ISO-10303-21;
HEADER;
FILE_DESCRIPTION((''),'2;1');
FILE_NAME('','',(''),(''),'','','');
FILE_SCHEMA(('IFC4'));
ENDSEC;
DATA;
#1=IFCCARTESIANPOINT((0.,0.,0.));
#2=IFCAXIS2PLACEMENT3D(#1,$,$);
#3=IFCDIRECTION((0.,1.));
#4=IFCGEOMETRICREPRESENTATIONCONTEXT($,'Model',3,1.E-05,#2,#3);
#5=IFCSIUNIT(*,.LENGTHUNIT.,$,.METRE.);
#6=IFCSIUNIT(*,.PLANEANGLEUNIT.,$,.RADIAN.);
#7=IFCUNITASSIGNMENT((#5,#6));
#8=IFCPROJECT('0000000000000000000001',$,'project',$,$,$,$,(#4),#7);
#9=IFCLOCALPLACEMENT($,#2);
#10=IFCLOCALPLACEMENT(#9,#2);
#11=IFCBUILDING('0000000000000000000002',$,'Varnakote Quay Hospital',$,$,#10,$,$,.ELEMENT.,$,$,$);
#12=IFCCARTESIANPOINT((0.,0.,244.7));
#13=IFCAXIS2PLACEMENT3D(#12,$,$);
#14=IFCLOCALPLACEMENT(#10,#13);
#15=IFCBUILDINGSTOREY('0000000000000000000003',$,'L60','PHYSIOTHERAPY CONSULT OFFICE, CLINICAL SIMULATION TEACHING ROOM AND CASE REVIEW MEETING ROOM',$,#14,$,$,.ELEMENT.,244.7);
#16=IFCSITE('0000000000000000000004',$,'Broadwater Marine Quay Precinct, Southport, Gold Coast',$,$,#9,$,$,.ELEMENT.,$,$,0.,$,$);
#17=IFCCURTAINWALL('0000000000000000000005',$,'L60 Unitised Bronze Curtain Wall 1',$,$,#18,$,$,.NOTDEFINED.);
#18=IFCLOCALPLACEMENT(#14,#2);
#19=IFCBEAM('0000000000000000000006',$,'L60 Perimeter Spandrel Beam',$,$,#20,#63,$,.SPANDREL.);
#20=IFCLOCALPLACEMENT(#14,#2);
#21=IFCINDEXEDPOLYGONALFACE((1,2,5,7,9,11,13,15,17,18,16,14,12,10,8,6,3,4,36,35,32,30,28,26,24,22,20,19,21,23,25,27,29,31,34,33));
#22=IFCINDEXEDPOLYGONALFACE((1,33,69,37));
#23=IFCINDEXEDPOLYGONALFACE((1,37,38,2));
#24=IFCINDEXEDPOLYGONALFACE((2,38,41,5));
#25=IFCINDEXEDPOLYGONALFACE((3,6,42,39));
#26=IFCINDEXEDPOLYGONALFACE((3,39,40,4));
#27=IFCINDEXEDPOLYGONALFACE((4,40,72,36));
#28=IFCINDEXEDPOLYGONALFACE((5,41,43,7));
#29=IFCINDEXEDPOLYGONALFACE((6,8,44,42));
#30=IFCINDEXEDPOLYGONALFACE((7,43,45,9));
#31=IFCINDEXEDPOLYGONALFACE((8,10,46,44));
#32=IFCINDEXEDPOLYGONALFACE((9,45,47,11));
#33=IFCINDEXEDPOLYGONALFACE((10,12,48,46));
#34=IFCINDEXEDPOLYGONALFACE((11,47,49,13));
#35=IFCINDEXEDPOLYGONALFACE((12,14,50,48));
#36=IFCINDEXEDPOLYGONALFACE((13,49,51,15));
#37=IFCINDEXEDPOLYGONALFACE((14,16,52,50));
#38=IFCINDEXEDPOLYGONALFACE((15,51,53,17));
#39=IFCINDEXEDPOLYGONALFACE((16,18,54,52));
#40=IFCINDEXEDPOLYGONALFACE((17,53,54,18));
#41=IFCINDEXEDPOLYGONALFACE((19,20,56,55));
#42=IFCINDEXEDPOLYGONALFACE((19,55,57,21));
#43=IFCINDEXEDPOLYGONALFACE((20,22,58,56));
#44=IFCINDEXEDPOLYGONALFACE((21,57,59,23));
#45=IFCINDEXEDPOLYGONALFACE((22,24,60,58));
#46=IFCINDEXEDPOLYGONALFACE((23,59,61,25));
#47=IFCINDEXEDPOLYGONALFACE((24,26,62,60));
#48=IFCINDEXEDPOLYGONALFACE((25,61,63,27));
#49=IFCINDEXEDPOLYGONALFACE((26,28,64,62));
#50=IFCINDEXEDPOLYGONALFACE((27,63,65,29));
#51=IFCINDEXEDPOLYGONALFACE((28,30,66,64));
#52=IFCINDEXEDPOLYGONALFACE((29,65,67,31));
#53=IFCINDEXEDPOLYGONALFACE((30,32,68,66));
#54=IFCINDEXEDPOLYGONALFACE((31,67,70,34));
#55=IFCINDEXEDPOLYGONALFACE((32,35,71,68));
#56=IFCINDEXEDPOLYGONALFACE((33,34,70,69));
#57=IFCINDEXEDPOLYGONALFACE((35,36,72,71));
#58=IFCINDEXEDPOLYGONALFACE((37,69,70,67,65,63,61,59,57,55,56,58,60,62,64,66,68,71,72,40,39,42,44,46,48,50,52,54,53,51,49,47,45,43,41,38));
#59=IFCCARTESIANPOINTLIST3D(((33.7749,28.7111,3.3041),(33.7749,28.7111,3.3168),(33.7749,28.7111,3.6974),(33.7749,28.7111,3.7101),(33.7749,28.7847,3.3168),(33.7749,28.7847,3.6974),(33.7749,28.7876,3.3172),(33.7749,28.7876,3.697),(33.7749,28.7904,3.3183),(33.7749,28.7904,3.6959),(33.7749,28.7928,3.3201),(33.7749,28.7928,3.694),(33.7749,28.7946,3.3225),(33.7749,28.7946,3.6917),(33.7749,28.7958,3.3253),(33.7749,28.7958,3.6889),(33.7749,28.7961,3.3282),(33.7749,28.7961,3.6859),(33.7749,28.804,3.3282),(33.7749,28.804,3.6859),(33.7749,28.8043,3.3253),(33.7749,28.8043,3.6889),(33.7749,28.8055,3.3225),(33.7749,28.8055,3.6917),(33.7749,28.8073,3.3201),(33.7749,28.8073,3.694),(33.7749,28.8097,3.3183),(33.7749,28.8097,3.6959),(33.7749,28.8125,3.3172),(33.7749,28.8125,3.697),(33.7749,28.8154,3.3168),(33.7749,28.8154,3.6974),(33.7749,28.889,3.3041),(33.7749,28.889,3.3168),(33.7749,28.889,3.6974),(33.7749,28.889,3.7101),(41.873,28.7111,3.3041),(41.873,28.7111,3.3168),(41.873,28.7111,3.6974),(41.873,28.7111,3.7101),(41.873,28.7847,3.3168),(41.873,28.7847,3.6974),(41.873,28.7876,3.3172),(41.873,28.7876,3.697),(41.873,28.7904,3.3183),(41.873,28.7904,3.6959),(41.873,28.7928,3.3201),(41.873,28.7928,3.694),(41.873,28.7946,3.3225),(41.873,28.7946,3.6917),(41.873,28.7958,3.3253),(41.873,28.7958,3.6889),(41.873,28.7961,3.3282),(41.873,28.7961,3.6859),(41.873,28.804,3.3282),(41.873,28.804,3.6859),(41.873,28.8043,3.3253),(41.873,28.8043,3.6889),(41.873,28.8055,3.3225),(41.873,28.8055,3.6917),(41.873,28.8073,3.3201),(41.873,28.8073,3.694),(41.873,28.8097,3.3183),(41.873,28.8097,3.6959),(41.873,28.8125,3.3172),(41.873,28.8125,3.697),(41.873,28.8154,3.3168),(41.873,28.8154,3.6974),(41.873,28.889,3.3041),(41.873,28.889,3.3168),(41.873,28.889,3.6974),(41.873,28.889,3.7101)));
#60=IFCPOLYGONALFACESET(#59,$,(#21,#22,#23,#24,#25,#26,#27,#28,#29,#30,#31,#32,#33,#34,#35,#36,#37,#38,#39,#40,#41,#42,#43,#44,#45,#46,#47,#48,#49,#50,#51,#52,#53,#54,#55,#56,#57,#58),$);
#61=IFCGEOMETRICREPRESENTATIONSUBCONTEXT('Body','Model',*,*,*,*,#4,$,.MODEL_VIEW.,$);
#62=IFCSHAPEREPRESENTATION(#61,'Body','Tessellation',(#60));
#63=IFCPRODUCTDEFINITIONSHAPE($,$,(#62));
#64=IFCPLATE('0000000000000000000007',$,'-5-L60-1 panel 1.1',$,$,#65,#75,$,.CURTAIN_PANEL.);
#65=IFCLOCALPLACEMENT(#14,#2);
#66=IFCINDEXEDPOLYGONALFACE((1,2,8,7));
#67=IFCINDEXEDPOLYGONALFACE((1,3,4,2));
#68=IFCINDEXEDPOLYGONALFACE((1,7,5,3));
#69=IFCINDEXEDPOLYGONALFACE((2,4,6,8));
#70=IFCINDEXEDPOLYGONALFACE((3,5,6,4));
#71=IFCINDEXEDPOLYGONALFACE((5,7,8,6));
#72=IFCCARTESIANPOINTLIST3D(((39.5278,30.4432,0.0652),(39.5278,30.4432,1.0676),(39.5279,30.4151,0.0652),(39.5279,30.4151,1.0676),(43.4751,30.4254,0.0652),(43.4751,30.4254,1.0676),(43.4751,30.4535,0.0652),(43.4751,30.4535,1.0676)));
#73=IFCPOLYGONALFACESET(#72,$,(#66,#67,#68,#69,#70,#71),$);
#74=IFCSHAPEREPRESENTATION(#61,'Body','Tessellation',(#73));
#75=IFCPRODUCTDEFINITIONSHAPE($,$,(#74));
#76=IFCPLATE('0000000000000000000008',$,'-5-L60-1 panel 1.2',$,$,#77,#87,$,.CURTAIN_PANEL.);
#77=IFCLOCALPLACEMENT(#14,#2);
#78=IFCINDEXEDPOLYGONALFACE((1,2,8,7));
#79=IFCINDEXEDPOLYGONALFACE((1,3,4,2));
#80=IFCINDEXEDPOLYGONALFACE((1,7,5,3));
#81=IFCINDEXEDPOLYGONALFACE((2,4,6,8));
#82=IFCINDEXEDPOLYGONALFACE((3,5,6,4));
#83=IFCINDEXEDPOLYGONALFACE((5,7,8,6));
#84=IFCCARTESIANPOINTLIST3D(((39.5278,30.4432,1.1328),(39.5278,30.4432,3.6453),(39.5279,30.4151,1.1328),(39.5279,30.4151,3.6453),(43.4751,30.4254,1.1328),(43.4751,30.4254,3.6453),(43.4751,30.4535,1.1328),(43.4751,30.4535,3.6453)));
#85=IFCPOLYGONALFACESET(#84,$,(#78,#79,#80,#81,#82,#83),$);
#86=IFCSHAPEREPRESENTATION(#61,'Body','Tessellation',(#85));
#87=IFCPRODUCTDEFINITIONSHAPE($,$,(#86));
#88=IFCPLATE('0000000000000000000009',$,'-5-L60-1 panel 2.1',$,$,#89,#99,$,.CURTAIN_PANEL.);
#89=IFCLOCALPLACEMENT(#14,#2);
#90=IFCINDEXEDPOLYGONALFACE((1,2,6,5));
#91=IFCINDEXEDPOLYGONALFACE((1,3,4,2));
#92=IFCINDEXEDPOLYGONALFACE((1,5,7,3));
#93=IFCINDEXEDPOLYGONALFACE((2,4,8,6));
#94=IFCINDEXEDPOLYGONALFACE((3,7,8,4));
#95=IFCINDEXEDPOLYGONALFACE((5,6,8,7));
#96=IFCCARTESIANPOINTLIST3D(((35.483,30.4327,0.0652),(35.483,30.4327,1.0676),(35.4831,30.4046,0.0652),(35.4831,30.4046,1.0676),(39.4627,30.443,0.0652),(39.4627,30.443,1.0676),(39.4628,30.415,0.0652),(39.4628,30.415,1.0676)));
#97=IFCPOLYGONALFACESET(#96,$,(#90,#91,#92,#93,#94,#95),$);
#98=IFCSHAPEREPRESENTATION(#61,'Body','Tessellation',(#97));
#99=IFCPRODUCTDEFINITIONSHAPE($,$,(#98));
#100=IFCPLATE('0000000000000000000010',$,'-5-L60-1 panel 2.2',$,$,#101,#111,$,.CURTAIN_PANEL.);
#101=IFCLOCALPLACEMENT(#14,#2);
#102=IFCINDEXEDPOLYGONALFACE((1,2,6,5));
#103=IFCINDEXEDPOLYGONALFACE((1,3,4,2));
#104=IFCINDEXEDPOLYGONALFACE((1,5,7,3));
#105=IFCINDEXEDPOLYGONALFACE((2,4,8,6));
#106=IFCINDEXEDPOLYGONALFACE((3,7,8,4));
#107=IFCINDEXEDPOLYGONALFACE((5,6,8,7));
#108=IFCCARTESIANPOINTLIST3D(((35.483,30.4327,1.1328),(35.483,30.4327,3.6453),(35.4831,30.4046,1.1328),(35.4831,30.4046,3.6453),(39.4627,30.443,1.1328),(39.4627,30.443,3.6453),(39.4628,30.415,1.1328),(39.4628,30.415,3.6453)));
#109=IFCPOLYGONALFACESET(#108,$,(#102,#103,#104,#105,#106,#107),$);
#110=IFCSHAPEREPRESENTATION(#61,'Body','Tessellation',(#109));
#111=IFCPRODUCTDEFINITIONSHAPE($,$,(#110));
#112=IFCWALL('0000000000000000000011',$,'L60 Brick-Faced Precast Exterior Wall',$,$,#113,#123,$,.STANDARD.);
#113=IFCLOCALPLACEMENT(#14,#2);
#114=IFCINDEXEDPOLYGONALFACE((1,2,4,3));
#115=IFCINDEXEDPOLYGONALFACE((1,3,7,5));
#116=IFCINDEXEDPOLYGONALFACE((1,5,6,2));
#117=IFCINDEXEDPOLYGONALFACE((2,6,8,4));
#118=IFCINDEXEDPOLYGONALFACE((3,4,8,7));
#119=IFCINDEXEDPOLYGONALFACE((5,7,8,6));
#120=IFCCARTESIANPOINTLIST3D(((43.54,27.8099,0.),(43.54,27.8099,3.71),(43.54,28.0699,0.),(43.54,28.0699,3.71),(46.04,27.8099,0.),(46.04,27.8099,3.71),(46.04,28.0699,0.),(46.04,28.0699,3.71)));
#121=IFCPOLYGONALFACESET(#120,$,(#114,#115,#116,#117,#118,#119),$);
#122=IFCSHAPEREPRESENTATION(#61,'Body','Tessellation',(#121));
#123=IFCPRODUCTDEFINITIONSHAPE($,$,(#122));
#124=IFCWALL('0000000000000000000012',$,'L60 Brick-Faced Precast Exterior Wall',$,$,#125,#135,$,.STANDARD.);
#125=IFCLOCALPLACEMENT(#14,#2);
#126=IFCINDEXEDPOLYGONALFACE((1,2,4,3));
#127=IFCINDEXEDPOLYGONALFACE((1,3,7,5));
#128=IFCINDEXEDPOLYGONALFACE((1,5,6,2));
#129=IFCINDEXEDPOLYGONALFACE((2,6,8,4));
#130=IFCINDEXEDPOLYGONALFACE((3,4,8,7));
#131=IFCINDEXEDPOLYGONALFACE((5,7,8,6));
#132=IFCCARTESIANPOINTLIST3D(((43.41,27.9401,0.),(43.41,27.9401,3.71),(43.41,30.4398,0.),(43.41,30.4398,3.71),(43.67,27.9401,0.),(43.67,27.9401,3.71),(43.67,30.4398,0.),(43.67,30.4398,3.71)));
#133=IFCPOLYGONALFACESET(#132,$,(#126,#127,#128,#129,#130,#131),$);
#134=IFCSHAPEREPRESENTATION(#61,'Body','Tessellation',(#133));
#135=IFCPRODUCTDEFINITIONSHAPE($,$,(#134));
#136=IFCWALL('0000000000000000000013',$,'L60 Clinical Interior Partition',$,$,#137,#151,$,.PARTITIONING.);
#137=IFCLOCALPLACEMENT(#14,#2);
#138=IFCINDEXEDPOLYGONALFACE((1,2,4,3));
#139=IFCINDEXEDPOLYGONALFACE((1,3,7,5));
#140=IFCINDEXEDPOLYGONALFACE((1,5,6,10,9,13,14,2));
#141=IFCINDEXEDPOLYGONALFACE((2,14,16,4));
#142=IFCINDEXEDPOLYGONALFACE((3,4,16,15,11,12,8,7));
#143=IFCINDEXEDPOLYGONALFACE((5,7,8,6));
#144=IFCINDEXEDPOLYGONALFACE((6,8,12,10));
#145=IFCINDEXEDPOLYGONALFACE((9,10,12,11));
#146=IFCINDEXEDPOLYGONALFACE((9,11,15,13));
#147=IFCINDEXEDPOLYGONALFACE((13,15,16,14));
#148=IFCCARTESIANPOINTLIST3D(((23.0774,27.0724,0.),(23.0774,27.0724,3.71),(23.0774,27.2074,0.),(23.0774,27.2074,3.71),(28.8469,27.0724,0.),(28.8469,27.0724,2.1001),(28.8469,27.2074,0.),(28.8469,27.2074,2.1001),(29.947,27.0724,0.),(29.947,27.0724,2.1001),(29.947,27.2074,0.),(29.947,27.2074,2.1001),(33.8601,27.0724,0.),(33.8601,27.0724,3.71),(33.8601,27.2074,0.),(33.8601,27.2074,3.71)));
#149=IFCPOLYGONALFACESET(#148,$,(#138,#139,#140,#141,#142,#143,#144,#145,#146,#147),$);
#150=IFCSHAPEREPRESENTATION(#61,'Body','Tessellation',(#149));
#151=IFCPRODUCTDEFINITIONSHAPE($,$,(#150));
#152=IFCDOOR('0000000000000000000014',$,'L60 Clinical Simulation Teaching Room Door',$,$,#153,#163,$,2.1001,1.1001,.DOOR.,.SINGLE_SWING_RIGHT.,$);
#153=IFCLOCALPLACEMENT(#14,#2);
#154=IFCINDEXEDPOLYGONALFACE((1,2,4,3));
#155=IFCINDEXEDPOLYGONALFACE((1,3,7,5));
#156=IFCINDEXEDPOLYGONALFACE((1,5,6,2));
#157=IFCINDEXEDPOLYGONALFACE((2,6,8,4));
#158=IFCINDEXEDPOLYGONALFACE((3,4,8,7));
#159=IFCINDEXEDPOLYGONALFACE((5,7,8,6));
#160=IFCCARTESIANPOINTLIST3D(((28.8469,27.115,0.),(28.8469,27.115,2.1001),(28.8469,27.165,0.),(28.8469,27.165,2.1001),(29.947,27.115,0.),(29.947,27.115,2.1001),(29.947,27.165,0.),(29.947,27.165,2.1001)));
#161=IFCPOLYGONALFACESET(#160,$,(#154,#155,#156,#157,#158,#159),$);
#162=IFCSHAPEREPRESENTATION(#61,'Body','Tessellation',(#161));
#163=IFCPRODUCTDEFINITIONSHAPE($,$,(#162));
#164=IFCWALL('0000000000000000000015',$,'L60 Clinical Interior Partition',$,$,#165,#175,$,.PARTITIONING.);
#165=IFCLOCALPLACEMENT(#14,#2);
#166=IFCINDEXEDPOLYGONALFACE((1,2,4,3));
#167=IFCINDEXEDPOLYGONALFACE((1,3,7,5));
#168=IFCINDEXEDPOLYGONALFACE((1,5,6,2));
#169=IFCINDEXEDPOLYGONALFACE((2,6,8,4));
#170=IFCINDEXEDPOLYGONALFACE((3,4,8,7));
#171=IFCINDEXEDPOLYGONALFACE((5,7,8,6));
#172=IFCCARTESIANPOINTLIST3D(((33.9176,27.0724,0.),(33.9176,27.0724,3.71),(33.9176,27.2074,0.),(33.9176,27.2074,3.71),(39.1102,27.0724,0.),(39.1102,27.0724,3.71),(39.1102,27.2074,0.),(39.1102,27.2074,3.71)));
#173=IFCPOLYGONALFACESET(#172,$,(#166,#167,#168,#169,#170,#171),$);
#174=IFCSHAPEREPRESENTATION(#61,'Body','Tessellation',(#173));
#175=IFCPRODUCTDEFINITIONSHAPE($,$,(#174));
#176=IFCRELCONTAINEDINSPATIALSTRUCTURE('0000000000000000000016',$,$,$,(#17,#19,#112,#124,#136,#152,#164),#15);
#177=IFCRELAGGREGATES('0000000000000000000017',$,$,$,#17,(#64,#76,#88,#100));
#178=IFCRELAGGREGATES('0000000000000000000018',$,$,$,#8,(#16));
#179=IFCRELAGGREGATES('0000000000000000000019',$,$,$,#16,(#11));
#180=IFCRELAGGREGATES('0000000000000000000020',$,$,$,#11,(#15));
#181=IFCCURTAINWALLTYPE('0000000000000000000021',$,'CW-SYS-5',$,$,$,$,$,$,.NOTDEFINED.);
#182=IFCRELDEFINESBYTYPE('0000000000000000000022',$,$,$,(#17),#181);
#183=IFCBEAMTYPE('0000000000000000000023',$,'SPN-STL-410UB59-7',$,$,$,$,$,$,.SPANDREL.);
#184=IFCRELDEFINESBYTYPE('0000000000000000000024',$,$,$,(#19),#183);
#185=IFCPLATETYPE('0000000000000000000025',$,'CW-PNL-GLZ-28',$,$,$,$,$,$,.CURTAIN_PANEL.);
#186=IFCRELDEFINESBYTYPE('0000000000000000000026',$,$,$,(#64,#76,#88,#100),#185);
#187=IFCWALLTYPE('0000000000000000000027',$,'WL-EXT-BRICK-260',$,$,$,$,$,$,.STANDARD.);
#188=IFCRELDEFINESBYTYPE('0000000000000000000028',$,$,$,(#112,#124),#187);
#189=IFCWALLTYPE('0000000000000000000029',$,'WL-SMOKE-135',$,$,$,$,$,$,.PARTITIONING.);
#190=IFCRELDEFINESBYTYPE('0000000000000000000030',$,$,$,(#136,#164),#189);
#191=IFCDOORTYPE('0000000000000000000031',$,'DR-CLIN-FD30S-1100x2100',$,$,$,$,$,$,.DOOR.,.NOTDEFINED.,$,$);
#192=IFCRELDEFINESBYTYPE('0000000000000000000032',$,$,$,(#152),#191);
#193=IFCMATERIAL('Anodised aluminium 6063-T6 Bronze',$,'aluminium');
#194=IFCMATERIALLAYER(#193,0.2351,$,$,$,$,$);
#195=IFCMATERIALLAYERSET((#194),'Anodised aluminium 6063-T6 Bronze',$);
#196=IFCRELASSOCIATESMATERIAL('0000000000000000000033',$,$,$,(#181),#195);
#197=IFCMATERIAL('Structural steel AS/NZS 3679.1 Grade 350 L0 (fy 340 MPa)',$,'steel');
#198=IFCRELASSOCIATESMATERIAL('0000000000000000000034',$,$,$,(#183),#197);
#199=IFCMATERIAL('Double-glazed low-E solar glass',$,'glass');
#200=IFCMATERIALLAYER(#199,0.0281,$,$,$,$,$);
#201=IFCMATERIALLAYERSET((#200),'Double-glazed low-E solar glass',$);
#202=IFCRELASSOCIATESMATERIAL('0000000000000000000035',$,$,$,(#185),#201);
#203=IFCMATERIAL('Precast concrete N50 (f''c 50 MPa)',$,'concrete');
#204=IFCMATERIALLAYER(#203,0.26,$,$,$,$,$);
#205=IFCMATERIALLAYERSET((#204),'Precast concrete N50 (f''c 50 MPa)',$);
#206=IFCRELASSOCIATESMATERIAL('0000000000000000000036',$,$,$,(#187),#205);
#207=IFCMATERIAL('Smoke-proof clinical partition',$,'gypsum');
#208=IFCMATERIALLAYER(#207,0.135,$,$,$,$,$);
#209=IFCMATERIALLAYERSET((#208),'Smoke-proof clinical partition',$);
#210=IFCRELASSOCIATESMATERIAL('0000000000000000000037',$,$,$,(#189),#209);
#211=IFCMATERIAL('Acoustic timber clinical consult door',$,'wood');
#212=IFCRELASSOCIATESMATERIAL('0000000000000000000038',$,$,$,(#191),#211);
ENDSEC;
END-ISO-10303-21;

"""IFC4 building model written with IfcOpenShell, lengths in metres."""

from ifc_helpers import new_model, si_unit, direction, frame, frame_2d, origin, origin_2d, place, context, subcontext, project, spatial, rectangle, i_section, extrude, material, layer, layer_set, material_profile, profile_set, type_object, element, fill, aggregate, save


model = new_model("IFC4")

# Units and contexts
model_context = context("Model", 3, precision=1e-05, world=origin(), true_north=direction((0.0, 1.0)))
body_context = subcontext(model_context, "Body", "Model", "MODEL_VIEW")
ifc_project = project(units=[si_unit("LENGTHUNIT", "METRE"), si_unit("PLANEANGLEUNIT", "RADIAN")], contexts=[model_context])

# Site, building, storey
site_placement = place(None, origin())
site = spatial("IfcSite", under=ifc_project, at=site_placement, Name="Broadwater Marine Quay Precinct, Southport, Gold Coast", CompositionType="ELEMENT", RefElevation=0.0)
building_placement = place(site_placement, origin())
building = spatial("IfcBuilding", under=site, at=building_placement, Name="Varnakote Quay Hospital", CompositionType="ELEMENT")
storey_placement = place(building_placement, frame((0.0, 0.0, 244.7)))
storey = spatial("IfcBuildingStorey", under=building, at=storey_placement, Name="L60", Description="PHYSIOTHERAPY CONSULT OFFICE, CLINICAL SIMULATION TEACHING ROOM AND CASE REVIEW MEETING ROOM", CompositionType="ELEMENT", Elevation=244.7)

# Curtain wall
ifc_material_1 = material(Name="Anodised aluminium 6063-T6 Bronze", Category="aluminium")
ifc_layer_1 = layer(ifc_material_1, 0.2351)
ifc_layer_set_1 = layer_set([ifc_layer_1], Name="Anodised aluminium 6063-T6 Bronze")
curtain_wall_type = type_object("IfcCurtainWallType", Name="CW-SYS-5", PredefinedType="NOTDEFINED", material=ifc_layer_set_1)
curtain_wall_placement = place(storey_placement, origin())
curtain_wall = element("IfcCurtainWall", 1, at=curtain_wall_placement, inside=storey, type_object=curtain_wall_type, Name="L60 Unitised Bronze Curtain Wall 1", PredefinedType="NOTDEFINED")

# Beam
ifc_material_2 = material(Name="Structural steel AS/NZS 3679.1 Grade 350 L0 (fy 340 MPa)", Category="steel")
ifc_material_profile_1 = material_profile(ifc_material_2, i_section(OverallWidth=0.178, OverallDepth=0.406, WebThickness=0.0078, FlangeThickness=0.0127, FilletRadius=0.0115, at=origin_2d()), Name="410UB59.7")
ifc_profile_set_1 = profile_set([ifc_material_profile_1], Name="Structural steel AS/NZS 3679.1 Grade 350 L0 (fy 340 MPa)")
beam_type_1 = type_object("IfcBeamType", Name="SPN-STL-410UB59-7", PredefinedType="SPANDREL", material=ifc_profile_set_1)
beam_1_placement = place(storey_placement, frame((33.7749, 28.8, 3.5071), z_axis=(1.0, 0.0, 0.0), x_axis=(0.0, 1.0, 0.0)))
element("IfcBeam", 2, at=beam_1_placement, inside=storey, type_object=beam_type_1, Name="L60 Perimeter Spandrel Beam", PredefinedType="SPANDREL", context=body_context, shape_type="SweptSolid", body=[
    extrude(i_section(OverallWidth=0.178, OverallDepth=0.406, WebThickness=0.0078, FlangeThickness=0.0127, FilletRadius=0.0115, at=origin_2d()), origin(), (0.0, 0.0, 1.0), 8.0981),
])

# Plates
ifc_material_3 = material(Name="Double-glazed low-E solar glass", Category="glass")
ifc_layer_2 = layer(ifc_material_3, 0.0281)
ifc_layer_set_2 = layer_set([ifc_layer_2], Name="Double-glazed low-E solar glass")
plate_type = type_object("IfcPlateType", Name="CW-PNL-GLZ-28", PredefinedType="CURTAIN_PANEL", material=ifc_layer_set_2)
plate_1_placement = place(storey_placement, frame((41.5015, 30.4343, 0.0652), z_axis=(0.0, 0.0, 1.0), x_axis=(-0.999997, -0.002604, 0.0)))
plate_1 = element("IfcPlate", 3, at=plate_1_placement, type_object=plate_type, Name="-5-L60-1 panel 1.1", PredefinedType="CURTAIN_PANEL", context=body_context, shape_type="SweptSolid", body=[
    extrude(rectangle(XDim=3.9473, YDim=0.0281, at=origin_2d()), origin(), (0.0, 0.0, 1.0), 1.0024),
])
plate_2_placement = place(storey_placement, frame((41.5015, 30.4343, 1.1328), z_axis=(0.0, 0.0, 1.0), x_axis=(-0.999997, -0.002604, 0.0)))
plate_2 = element("IfcPlate", 4, at=plate_2_placement, type_object=plate_type, Name="-5-L60-1 panel 1.2", PredefinedType="CURTAIN_PANEL", context=body_context, shape_type="SweptSolid", body=[
    extrude(rectangle(XDim=3.9473, YDim=0.0281, at=origin_2d()), origin(), (0.0, 0.0, 1.0), 2.5125),
])
plate_3_placement = place(storey_placement, frame((37.4729, 30.4238, 0.0652), z_axis=(0.0, 0.0, 1.0), x_axis=(-0.999997, -0.002604, 0.0)))
plate_3 = element("IfcPlate", 5, at=plate_3_placement, type_object=plate_type, Name="-5-L60-1 panel 2.1", PredefinedType="CURTAIN_PANEL", context=body_context, shape_type="SweptSolid", body=[
    extrude(rectangle(XDim=3.9797, YDim=0.0281, at=origin_2d()), origin(), (0.0, 0.0, 1.0), 1.0024),
])
plate_4_placement = place(storey_placement, frame((37.4729, 30.4238, 1.1328), z_axis=(0.0, 0.0, 1.0), x_axis=(-0.999997, -0.002604, 0.0)))
plate_4 = element("IfcPlate", 6, at=plate_4_placement, type_object=plate_type, Name="-5-L60-1 panel 2.2", PredefinedType="CURTAIN_PANEL", context=body_context, shape_type="SweptSolid", body=[
    extrude(rectangle(XDim=3.9797, YDim=0.0281, at=origin_2d()), origin(), (0.0, 0.0, 1.0), 2.5125),
])
aggregate(curtain_wall, [plate_1, plate_2, plate_3, plate_4])

# Walls
ifc_material_4 = material(Name="Precast concrete N50 (f'c 50 MPa)", Category="concrete")
ifc_layer_3 = layer(ifc_material_4, 0.26)
ifc_layer_set_3 = layer_set([ifc_layer_3], Name="Precast concrete N50 (f'c 50 MPa)")
wall_type_1 = type_object("IfcWallType", Name="WL-EXT-BRICK-260", PredefinedType="STANDARD", material=ifc_layer_set_3)
wall_1_placement = place(storey_placement, frame((46.04, 27.9399, 0.0), z_axis=(0.0, 0.0, 1.0), x_axis=(-1.0, 0.0, 0.0)))
element("IfcWall", 7, at=wall_1_placement, inside=storey, type_object=wall_type_1, Name="L60 Brick-Faced Precast Exterior Wall", PredefinedType="STANDARD", context=body_context, shape_type="SweptSolid", body=[
    extrude(rectangle(XDim=2.5, YDim=0.26, at=frame_2d((1.25, 0.0))), origin(), (0.0, 0.0, 1.0), 3.71),
])
wall_2_placement = place(storey_placement, frame((43.54, 27.9399, 0.0), z_axis=(0.0, 0.0, 1.0), x_axis=(0.0, 1.0, 0.0)))
element("IfcWall", 8, at=wall_2_placement, inside=storey, type_object=wall_type_1, Name="L60 Brick-Faced Precast Exterior Wall", PredefinedType="STANDARD", context=body_context, shape_type="SweptSolid", body=[
    extrude(rectangle(XDim=2.4998, YDim=0.26, at=frame_2d((1.25, 0.0))), origin(), (0.0, 0.0, 1.0), 3.71),
])

# Wall, opening, door
ifc_material_5 = material(Name="Smoke-proof clinical partition", Category="gypsum")
ifc_layer_4 = layer(ifc_material_5, 0.135)
ifc_layer_set_4 = layer_set([ifc_layer_4], Name="Smoke-proof clinical partition")
wall_type_2 = type_object("IfcWallType", Name="WL-SMOKE-135", PredefinedType="PARTITIONING", material=ifc_layer_set_4)
wall_3_placement = place(storey_placement, frame((33.8601, 27.1399, 0.0), z_axis=(0.0, 0.0, 1.0), x_axis=(-1.0, 0.0, 0.0)))
wall_3 = element("IfcWall", 9, at=wall_3_placement, inside=storey, type_object=wall_type_2, Name="L60 Clinical Interior Partition", PredefinedType="PARTITIONING", context=body_context, shape_type="SweptSolid", body=[
    extrude(rectangle(XDim=10.7827, YDim=0.135, at=frame_2d((5.3914, 0.0))), origin(), (0.0, 0.0, 1.0), 3.71),
])
opening_1_placement = place(wall_3_placement, frame((3.9131, 0.0, 0.0)))
opening_1 = element("IfcOpeningElement", 10, at=opening_1_placement, cuts=wall_3, PredefinedType="OPENING", context=body_context, shape_type="SweptSolid", body=[
    extrude(rectangle(XDim=1.1001, YDim=2.1001, at=frame_2d((0.55, 1.05))), frame((0.0, 0.0774, 0.0), z_axis=(0.0, -1.0, 0.0), x_axis=(1.0, 0.0, 0.0)), (0.0, 0.0, 1.0), 0.155),
])
ifc_material_6 = material(Name="Acoustic timber clinical consult door", Category="wood")
door_type = type_object("IfcDoorType", Name="DR-CLIN-FD30S-1100x2100", OperationType="NOTDEFINED", PredefinedType="DOOR", material=ifc_material_6)
door_1_placement = place(opening_1_placement, origin())
door_1 = element("IfcDoor", 11, at=door_1_placement, inside=storey, type_object=door_type, Name="L60 Clinical Simulation Teaching Room Door", OperationType="SINGLE_SWING_RIGHT", OverallHeight=2.1001, OverallWidth=1.1001, PredefinedType="DOOR", context=body_context, shape_type="SweptSolid", body=[
    extrude(rectangle(XDim=1.1001, YDim=2.1001, at=frame_2d((0.55, 1.05))), frame((0.0, 0.0249, 0.0), z_axis=(0.0, -1.0, 0.0), x_axis=(1.0, 0.0, 0.0)), (0.0, 0.0, 1.0), 0.05),
])
fill(opening_1, door_1)

# Wall
wall_4_placement = place(storey_placement, frame((39.1101, 27.1399, 0.0), z_axis=(0.0, 0.0, 1.0), x_axis=(-1.0, 0.0, 0.0)))
element("IfcWall", 12, at=wall_4_placement, inside=storey, type_object=wall_type_2, Name="L60 Clinical Interior Partition", PredefinedType="PARTITIONING", context=body_context, shape_type="SweptSolid", body=[
    extrude(rectangle(XDim=5.1926, YDim=0.135, at=frame_2d((2.5962, 0.0))), origin(), (0.0, 0.0, 1.0), 3.71),
])

save(model, "model.ifc")
